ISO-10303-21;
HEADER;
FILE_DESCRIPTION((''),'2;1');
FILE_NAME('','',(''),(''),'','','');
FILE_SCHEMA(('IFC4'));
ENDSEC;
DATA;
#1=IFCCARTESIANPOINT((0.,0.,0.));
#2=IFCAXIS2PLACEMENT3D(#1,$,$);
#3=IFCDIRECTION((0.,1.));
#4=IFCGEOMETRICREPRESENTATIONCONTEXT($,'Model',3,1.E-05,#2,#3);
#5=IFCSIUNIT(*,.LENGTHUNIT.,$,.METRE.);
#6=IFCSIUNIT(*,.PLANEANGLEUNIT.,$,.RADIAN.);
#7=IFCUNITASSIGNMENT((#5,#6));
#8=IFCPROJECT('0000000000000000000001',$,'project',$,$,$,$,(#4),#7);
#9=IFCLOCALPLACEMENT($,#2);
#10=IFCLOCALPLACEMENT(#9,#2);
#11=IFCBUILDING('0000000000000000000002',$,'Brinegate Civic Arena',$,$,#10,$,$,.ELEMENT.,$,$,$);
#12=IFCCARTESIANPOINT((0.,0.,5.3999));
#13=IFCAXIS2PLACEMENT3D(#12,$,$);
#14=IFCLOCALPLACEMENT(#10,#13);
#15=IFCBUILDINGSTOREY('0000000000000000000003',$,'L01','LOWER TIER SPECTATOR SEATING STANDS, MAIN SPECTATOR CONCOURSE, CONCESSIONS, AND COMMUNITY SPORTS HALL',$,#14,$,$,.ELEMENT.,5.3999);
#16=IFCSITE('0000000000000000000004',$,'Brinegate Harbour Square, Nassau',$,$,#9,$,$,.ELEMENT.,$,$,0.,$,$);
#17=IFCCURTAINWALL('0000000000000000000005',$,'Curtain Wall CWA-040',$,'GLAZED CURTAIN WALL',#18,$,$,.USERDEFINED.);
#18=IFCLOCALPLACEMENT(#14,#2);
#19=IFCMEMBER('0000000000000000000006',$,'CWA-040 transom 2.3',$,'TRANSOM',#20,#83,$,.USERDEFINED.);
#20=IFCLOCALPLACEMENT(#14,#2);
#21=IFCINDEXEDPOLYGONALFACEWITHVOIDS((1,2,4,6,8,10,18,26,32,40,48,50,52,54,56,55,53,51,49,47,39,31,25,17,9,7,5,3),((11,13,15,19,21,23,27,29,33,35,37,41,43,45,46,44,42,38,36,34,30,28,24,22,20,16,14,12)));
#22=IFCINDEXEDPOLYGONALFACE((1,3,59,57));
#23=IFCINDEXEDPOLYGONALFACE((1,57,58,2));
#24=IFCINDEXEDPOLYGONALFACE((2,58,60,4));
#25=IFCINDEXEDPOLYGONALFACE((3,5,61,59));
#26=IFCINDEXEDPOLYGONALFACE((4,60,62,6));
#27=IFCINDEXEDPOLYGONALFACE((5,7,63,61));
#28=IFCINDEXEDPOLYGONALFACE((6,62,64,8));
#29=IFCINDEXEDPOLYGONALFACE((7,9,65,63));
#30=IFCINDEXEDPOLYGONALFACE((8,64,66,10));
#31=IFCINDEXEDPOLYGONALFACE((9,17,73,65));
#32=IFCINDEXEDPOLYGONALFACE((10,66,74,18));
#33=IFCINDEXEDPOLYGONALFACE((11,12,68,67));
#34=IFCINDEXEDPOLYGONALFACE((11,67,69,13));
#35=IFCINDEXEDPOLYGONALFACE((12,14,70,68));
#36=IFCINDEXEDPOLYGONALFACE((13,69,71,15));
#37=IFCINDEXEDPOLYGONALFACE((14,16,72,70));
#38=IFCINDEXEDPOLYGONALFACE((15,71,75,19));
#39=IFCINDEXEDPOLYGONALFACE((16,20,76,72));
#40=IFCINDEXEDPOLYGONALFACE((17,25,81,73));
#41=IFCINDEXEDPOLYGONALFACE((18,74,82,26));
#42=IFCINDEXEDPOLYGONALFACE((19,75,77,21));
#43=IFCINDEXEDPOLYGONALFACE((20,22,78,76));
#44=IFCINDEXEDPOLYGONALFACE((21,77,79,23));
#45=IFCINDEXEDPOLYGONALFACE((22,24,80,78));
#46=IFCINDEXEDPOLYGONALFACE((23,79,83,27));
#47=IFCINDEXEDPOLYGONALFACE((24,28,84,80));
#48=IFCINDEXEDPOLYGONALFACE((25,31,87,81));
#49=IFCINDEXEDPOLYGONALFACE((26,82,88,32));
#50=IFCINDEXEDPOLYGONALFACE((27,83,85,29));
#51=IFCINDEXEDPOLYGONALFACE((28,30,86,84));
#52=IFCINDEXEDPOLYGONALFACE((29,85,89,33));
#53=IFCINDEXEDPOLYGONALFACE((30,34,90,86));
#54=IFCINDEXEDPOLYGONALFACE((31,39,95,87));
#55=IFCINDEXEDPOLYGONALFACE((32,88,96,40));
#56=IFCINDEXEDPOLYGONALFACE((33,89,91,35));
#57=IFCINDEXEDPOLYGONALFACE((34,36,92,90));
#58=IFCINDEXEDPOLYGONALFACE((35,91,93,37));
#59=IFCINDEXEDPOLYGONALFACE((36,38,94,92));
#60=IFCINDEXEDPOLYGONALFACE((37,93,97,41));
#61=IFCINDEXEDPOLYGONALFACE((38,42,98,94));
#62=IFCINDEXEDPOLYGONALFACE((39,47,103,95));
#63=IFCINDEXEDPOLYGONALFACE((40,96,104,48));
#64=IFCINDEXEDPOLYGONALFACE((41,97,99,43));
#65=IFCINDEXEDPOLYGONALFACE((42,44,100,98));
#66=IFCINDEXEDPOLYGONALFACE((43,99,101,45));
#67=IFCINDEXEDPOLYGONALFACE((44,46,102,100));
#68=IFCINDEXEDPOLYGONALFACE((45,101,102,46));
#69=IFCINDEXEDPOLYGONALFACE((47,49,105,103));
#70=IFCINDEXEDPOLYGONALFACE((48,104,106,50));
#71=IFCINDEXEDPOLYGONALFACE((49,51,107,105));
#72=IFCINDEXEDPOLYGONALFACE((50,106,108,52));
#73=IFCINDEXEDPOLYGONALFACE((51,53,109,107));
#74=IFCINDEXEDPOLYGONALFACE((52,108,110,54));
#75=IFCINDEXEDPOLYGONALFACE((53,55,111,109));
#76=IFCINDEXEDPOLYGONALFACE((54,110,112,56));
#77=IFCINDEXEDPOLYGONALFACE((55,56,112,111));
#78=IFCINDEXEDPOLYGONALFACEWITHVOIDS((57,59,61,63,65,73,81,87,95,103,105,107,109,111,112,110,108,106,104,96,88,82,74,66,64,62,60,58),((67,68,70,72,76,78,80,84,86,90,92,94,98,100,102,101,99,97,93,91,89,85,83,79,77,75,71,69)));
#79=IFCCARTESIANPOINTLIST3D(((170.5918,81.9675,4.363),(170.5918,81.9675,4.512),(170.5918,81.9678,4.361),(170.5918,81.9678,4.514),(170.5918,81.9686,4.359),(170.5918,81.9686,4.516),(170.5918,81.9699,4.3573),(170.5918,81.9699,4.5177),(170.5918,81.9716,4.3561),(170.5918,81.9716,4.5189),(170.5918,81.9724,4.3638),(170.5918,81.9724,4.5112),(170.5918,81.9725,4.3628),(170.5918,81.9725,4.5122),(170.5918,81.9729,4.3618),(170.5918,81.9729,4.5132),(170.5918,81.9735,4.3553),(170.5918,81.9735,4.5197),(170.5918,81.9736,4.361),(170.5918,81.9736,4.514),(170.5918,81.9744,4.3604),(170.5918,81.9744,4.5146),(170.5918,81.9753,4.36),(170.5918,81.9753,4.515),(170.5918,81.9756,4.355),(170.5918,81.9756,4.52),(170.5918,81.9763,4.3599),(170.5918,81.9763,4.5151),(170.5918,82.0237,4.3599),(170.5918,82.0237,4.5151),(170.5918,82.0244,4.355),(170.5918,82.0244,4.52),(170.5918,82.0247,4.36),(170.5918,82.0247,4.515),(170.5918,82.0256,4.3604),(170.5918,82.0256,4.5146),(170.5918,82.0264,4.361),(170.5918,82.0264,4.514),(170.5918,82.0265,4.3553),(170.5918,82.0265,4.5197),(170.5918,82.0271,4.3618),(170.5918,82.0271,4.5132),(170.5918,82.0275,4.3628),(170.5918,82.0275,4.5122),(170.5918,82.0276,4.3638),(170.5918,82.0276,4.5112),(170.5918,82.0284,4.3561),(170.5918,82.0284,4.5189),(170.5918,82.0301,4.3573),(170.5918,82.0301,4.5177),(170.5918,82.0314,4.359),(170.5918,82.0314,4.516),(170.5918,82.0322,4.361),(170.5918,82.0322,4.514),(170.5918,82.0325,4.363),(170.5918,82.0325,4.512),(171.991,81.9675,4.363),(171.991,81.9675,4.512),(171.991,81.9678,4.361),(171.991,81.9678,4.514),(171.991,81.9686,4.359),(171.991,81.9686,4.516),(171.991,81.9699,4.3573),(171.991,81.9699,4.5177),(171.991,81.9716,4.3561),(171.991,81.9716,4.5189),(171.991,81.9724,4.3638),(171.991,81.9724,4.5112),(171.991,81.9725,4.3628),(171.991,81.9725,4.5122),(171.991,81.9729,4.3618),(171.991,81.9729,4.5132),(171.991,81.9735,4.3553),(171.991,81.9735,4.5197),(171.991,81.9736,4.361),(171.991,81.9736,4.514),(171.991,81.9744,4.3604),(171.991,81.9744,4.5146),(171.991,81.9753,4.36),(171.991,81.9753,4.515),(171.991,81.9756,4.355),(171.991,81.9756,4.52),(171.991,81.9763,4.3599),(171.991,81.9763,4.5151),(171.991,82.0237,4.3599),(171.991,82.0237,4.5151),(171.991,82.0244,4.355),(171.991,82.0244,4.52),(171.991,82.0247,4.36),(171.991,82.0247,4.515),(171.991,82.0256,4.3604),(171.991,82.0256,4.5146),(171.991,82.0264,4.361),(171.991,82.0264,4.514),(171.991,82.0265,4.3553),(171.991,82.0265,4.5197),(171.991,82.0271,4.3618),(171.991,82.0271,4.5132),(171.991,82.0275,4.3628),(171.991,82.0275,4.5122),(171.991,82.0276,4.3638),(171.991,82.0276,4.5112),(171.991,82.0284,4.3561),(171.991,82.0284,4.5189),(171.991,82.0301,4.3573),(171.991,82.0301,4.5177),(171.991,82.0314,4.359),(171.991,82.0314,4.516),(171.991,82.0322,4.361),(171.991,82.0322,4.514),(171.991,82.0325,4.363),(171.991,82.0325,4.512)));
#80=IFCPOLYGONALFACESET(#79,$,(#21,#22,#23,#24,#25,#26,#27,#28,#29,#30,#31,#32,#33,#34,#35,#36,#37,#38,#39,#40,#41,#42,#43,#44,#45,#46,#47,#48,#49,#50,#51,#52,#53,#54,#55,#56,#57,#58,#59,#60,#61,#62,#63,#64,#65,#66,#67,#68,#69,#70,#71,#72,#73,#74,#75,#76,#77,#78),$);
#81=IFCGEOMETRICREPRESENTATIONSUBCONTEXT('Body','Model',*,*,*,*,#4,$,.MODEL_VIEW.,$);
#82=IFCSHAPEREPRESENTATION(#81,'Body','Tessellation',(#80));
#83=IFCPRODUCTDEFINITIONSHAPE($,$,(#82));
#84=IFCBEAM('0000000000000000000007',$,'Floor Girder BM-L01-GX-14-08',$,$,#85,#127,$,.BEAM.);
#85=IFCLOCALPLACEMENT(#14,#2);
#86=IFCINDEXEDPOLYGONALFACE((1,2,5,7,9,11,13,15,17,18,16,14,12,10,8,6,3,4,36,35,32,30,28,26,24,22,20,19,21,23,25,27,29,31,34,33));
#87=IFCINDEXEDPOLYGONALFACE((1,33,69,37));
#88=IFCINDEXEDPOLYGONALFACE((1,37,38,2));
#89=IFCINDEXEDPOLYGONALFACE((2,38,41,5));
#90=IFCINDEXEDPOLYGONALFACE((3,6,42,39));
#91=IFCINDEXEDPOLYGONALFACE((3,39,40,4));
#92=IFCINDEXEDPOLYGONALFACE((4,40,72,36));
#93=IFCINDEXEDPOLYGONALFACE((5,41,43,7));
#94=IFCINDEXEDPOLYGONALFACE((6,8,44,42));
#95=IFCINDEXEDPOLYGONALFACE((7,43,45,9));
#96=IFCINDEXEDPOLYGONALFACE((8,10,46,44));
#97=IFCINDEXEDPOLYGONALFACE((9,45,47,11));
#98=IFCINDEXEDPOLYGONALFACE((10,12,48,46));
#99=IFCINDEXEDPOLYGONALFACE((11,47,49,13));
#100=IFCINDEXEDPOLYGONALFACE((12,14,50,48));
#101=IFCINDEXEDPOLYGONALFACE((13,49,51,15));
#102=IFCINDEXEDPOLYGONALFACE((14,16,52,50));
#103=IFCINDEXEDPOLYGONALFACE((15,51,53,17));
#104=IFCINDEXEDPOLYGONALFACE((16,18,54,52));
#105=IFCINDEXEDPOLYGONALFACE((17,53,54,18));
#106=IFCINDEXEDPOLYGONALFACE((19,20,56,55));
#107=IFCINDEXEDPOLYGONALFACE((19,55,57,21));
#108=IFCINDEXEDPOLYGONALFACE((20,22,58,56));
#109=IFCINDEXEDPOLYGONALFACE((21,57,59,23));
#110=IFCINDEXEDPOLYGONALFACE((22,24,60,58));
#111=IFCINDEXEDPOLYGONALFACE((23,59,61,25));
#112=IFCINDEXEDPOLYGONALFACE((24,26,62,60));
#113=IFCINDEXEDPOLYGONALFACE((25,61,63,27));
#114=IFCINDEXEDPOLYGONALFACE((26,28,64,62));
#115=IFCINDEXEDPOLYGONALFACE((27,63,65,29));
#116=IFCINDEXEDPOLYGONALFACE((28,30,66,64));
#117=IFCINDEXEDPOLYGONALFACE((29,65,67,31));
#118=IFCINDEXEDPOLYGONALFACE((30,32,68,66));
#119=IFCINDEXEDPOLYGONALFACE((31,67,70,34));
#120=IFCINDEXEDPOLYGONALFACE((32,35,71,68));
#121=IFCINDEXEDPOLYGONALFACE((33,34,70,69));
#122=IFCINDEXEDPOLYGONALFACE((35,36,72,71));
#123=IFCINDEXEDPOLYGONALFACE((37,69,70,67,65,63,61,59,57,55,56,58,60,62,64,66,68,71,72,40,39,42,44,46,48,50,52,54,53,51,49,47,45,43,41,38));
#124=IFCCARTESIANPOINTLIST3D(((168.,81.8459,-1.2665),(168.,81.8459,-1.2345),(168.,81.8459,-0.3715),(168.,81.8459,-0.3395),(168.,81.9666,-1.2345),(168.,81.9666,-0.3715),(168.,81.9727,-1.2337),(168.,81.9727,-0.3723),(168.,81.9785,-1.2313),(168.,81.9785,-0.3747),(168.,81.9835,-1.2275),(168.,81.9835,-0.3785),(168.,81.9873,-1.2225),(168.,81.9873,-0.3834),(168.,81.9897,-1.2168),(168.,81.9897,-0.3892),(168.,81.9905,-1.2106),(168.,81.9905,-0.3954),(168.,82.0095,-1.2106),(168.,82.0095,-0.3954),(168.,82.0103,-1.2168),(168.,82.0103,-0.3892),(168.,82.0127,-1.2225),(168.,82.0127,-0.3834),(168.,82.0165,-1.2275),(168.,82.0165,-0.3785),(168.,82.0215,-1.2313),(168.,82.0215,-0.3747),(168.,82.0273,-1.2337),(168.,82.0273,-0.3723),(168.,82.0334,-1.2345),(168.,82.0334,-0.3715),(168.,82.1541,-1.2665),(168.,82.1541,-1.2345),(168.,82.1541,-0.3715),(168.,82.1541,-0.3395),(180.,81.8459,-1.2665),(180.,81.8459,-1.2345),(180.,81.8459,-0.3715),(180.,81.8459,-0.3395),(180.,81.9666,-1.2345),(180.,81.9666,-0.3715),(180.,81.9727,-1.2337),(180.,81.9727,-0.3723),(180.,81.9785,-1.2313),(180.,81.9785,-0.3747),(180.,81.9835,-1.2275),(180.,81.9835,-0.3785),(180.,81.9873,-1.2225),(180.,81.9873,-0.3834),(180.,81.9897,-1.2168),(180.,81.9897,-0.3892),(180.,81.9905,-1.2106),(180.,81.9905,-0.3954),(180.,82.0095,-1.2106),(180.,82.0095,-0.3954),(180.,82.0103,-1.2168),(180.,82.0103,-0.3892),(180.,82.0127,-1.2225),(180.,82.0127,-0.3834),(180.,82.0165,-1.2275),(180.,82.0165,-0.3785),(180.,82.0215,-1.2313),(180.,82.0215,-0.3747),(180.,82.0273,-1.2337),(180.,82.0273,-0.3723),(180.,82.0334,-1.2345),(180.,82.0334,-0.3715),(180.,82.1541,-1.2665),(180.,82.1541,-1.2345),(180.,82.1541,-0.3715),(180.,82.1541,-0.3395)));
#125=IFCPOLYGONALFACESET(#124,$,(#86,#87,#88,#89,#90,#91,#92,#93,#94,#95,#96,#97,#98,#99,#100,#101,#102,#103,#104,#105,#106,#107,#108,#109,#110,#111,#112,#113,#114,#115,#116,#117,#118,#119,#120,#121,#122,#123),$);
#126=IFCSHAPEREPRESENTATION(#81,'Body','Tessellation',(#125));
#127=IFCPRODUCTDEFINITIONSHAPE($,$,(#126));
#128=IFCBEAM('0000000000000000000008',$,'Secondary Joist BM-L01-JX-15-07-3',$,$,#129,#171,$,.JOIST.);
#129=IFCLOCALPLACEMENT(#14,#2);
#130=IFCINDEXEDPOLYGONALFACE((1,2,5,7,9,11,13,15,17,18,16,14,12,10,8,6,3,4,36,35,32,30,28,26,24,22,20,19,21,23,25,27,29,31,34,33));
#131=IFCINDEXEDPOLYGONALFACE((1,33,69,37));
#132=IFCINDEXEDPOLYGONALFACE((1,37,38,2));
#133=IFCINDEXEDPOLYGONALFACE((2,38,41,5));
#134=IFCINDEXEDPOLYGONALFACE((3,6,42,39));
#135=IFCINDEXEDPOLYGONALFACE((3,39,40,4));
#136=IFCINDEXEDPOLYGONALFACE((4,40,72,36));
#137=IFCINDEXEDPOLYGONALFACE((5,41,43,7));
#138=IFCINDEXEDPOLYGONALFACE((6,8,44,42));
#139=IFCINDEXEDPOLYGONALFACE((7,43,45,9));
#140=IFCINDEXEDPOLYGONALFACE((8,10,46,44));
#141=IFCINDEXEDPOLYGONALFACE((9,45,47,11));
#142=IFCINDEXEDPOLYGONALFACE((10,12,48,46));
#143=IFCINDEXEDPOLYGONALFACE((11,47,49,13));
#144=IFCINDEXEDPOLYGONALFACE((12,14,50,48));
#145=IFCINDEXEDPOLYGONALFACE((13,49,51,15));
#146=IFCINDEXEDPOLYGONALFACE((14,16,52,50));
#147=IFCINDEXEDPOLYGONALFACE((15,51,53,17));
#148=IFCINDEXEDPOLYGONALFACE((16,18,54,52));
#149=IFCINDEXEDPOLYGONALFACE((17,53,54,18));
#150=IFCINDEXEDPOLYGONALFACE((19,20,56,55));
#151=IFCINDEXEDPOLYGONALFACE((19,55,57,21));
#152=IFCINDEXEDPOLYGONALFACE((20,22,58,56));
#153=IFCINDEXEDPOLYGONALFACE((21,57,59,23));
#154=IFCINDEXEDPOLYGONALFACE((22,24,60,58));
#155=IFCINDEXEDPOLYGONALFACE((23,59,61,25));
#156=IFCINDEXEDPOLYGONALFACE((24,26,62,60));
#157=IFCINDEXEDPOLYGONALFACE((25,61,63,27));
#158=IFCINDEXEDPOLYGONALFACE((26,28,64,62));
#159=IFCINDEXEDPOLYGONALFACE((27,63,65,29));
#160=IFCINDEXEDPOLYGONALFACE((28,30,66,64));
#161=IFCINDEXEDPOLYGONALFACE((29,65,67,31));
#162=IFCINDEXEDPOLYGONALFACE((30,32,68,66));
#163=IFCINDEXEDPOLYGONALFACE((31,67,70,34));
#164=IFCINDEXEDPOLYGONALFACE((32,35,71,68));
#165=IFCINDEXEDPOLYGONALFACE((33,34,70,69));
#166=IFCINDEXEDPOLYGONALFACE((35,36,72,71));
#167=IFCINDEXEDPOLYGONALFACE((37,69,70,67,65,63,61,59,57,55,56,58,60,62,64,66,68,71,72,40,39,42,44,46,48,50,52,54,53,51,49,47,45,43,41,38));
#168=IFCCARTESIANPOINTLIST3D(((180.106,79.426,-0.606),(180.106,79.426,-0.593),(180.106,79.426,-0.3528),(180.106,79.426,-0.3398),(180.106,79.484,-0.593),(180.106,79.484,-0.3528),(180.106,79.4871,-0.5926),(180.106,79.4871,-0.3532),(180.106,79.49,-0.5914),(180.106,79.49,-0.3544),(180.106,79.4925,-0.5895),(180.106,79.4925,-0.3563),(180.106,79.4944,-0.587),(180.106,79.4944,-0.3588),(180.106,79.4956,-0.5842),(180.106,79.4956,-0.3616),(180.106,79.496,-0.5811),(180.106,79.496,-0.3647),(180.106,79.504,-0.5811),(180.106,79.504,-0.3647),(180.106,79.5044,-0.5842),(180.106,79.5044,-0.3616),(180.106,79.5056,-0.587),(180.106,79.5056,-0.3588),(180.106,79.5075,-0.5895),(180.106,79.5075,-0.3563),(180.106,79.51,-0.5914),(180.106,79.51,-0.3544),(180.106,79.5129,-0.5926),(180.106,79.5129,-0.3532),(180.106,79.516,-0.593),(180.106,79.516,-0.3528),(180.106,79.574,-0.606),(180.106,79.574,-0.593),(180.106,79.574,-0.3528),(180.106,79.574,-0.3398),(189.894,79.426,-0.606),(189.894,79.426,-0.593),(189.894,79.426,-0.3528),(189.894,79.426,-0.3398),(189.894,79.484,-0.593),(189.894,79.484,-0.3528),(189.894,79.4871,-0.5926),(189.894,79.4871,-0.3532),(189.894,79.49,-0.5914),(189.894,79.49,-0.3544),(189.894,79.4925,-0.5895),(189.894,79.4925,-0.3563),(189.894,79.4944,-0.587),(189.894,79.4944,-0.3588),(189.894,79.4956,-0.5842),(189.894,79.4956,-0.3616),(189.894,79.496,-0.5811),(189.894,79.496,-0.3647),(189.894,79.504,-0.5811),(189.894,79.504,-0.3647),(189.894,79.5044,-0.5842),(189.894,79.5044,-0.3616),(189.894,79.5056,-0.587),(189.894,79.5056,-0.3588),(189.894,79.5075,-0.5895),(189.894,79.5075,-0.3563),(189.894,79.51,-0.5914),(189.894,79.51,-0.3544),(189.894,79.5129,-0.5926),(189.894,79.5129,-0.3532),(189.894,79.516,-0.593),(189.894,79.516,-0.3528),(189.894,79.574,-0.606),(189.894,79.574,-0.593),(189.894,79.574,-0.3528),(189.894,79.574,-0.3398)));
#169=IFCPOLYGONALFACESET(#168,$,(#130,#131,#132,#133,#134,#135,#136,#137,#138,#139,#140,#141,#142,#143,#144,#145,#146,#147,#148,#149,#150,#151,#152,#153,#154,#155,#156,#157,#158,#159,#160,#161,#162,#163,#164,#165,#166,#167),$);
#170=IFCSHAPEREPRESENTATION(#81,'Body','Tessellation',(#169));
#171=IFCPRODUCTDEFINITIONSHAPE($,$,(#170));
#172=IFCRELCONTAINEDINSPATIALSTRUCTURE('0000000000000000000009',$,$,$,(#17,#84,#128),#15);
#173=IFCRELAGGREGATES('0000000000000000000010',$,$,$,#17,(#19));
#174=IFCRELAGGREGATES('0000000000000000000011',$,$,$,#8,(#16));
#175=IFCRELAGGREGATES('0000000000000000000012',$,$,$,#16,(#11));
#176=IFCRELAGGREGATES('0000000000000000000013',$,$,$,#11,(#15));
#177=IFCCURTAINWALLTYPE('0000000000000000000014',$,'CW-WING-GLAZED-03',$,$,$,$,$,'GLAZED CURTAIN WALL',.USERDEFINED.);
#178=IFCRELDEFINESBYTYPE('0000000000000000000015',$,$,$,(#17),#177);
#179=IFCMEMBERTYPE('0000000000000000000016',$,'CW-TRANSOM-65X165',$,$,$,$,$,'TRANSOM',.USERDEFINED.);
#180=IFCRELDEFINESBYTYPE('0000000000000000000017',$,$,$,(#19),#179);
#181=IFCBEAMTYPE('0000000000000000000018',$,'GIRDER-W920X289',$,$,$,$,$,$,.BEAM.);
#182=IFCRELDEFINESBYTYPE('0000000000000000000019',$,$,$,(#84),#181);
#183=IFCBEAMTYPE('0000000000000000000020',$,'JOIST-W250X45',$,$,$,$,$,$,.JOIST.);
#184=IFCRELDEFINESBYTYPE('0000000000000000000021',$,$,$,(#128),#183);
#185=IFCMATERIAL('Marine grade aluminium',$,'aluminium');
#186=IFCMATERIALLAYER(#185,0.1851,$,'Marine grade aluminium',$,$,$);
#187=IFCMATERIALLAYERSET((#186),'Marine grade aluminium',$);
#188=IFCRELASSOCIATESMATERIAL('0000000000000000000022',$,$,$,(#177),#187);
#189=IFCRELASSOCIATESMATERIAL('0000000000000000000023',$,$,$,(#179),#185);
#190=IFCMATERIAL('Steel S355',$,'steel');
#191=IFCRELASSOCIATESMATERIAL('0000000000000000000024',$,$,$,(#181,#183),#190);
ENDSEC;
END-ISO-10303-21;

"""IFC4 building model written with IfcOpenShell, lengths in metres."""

from ifc_helpers import new_model, si_unit, direction, frame, origin, origin_2d, place, context, subcontext, project, spatial, hollow_rectangle, i_section, extrude, material, layer, layer_set, material_profile, profile_set, type_object, element, aggregate, save


model = new_model("IFC4")

# Units and contexts
model_context = context("Model", 3, precision=1e-05, world=origin(), true_north=direction((0.0, 1.0)))
body_context = subcontext(model_context, "Body", "Model", "MODEL_VIEW")
ifc_project = project(units=[si_unit("LENGTHUNIT", "METRE"), si_unit("PLANEANGLEUNIT", "RADIAN")], contexts=[model_context])

# Site, building, storey
site_placement = place(None, origin())
site = spatial("IfcSite", under=ifc_project, at=site_placement, Name="Brinegate Harbour Square, Nassau", CompositionType="ELEMENT", RefElevation=0.0)
building_placement = place(site_placement, origin())
building = spatial("IfcBuilding", under=site, at=building_placement, Name="Brinegate Civic Arena", CompositionType="ELEMENT")
storey_placement = place(building_placement, frame((0.0, 0.0, 5.3999)))
storey = spatial("IfcBuildingStorey", under=building, at=storey_placement, Name="L01", Description="LOWER TIER SPECTATOR SEATING STANDS, MAIN SPECTATOR CONCOURSE, CONCESSIONS, AND COMMUNITY SPORTS HALL", CompositionType="ELEMENT", Elevation=5.3999)

# Curtain wall, member
ifc_material_1 = material(Name="Marine grade aluminium", Category="aluminium")
ifc_layer_1 = layer(ifc_material_1, 0.1851, Name="Marine grade aluminium")
ifc_layer_set_1 = layer_set([ifc_layer_1], Name="Marine grade aluminium")
curtain_wall_type = type_object("IfcCurtainWallType", Name="CW-WING-GLAZED-03", ElementType="GLAZED CURTAIN WALL", PredefinedType="USERDEFINED", material=ifc_layer_set_1)
curtain_wall_placement = place(storey_placement, origin())
curtain_wall = element("IfcCurtainWall", 1, at=curtain_wall_placement, inside=storey, type_object=curtain_wall_type, Name="Curtain Wall CWA-040", ObjectType="GLAZED CURTAIN WALL", PredefinedType="USERDEFINED")
ifc_material_profile_1 = material_profile(ifc_material_1, hollow_rectangle(XDim=0.0649, YDim=0.165, WallThickness=0.0049, InnerFilletRadius=0.0039, OuterFilletRadius=0.0081, at=origin_2d()), Name="TRN65X165")
ifc_profile_set_1 = profile_set([ifc_material_profile_1], Name="Marine grade aluminium")
member_type_1 = type_object("IfcMemberType", Name="CW-TRANSOM-65X165", ElementType="TRANSOM", PredefinedType="USERDEFINED", material=ifc_profile_set_1)
member_1_placement = place(storey_placement, frame((170.5918, 82.0, 4.4375), z_axis=(1.0, 0.0, 0.0), x_axis=(0.0, 1.0, 0.0)))
member_1 = element("IfcMember", 2, at=member_1_placement, type_object=member_type_1, Name="CWA-040 transom 2.3", ObjectType="TRANSOM", PredefinedType="USERDEFINED", context=body_context, shape_type="SweptSolid", body=[
    extrude(hollow_rectangle(XDim=0.0649, YDim=0.165, WallThickness=0.0049, InnerFilletRadius=0.0039, OuterFilletRadius=0.0081, at=origin_2d()), origin(), (0.0, 0.0, 1.0), 1.3992),
])

# Beams
ifc_material_2 = material(Name="Steel S355", Category="steel")
ifc_material_profile_2 = material_profile(ifc_material_2, i_section(OverallWidth=0.3081, OverallDepth=0.927, WebThickness=0.019, FlangeThickness=0.032, FilletRadius=0.0239, at=origin_2d()), Name="W920X289")
ifc_profile_set_2 = profile_set([ifc_material_profile_2], Name="Steel S355")
beam_type_1 = type_object("IfcBeamType", Name="GIRDER-W920X289", PredefinedType="BEAM", material=ifc_profile_set_2)
beam_1_placement = place(storey_placement, frame((168.0, 82.0, -0.803), z_axis=(1.0, 0.0, 0.0), x_axis=(0.0, 1.0, 0.0)))
element("IfcBeam", 3, at=beam_1_placement, inside=storey, type_object=beam_type_1, Name="Floor Girder BM-L01-GX-14-08", PredefinedType="BEAM", context=body_context, shape_type="SweptSolid", body=[
    extrude(i_section(OverallWidth=0.3081, OverallDepth=0.927, WebThickness=0.019, FlangeThickness=0.032, FilletRadius=0.0239, at=origin_2d()), origin(), (0.0, 0.0, 1.0), 12.0),
])
ifc_material_profile_3 = material_profile(ifc_material_2, i_section(OverallWidth=0.1479, OverallDepth=0.2661, WebThickness=0.0081, FlangeThickness=0.0129, FilletRadius=0.012, at=origin_2d()), Name="W250X45")
ifc_profile_set_3 = profile_set([ifc_material_profile_3], Name="Steel S355")
beam_type_2 = type_object("IfcBeamType", Name="JOIST-W250X45", PredefinedType="JOIST", material=ifc_profile_set_3)
beam_2_placement = place(storey_placement, frame((180.106, 79.5, -0.4729), z_axis=(1.0, 0.0, 0.0), x_axis=(0.0, 1.0, 0.0)))
element("IfcBeam", 4, at=beam_2_placement, inside=storey, type_object=beam_type_2, Name="Secondary Joist BM-L01-JX-15-07-3", PredefinedType="JOIST", context=body_context, shape_type="SweptSolid", body=[
    extrude(i_section(OverallWidth=0.1479, OverallDepth=0.2661, WebThickness=0.0081, FlangeThickness=0.0129, FilletRadius=0.012, at=origin_2d()), origin(), (0.0, 0.0, 1.0), 9.7881),
])

aggregate(curtain_wall, [member_1])

save(model, "model.ifc")
